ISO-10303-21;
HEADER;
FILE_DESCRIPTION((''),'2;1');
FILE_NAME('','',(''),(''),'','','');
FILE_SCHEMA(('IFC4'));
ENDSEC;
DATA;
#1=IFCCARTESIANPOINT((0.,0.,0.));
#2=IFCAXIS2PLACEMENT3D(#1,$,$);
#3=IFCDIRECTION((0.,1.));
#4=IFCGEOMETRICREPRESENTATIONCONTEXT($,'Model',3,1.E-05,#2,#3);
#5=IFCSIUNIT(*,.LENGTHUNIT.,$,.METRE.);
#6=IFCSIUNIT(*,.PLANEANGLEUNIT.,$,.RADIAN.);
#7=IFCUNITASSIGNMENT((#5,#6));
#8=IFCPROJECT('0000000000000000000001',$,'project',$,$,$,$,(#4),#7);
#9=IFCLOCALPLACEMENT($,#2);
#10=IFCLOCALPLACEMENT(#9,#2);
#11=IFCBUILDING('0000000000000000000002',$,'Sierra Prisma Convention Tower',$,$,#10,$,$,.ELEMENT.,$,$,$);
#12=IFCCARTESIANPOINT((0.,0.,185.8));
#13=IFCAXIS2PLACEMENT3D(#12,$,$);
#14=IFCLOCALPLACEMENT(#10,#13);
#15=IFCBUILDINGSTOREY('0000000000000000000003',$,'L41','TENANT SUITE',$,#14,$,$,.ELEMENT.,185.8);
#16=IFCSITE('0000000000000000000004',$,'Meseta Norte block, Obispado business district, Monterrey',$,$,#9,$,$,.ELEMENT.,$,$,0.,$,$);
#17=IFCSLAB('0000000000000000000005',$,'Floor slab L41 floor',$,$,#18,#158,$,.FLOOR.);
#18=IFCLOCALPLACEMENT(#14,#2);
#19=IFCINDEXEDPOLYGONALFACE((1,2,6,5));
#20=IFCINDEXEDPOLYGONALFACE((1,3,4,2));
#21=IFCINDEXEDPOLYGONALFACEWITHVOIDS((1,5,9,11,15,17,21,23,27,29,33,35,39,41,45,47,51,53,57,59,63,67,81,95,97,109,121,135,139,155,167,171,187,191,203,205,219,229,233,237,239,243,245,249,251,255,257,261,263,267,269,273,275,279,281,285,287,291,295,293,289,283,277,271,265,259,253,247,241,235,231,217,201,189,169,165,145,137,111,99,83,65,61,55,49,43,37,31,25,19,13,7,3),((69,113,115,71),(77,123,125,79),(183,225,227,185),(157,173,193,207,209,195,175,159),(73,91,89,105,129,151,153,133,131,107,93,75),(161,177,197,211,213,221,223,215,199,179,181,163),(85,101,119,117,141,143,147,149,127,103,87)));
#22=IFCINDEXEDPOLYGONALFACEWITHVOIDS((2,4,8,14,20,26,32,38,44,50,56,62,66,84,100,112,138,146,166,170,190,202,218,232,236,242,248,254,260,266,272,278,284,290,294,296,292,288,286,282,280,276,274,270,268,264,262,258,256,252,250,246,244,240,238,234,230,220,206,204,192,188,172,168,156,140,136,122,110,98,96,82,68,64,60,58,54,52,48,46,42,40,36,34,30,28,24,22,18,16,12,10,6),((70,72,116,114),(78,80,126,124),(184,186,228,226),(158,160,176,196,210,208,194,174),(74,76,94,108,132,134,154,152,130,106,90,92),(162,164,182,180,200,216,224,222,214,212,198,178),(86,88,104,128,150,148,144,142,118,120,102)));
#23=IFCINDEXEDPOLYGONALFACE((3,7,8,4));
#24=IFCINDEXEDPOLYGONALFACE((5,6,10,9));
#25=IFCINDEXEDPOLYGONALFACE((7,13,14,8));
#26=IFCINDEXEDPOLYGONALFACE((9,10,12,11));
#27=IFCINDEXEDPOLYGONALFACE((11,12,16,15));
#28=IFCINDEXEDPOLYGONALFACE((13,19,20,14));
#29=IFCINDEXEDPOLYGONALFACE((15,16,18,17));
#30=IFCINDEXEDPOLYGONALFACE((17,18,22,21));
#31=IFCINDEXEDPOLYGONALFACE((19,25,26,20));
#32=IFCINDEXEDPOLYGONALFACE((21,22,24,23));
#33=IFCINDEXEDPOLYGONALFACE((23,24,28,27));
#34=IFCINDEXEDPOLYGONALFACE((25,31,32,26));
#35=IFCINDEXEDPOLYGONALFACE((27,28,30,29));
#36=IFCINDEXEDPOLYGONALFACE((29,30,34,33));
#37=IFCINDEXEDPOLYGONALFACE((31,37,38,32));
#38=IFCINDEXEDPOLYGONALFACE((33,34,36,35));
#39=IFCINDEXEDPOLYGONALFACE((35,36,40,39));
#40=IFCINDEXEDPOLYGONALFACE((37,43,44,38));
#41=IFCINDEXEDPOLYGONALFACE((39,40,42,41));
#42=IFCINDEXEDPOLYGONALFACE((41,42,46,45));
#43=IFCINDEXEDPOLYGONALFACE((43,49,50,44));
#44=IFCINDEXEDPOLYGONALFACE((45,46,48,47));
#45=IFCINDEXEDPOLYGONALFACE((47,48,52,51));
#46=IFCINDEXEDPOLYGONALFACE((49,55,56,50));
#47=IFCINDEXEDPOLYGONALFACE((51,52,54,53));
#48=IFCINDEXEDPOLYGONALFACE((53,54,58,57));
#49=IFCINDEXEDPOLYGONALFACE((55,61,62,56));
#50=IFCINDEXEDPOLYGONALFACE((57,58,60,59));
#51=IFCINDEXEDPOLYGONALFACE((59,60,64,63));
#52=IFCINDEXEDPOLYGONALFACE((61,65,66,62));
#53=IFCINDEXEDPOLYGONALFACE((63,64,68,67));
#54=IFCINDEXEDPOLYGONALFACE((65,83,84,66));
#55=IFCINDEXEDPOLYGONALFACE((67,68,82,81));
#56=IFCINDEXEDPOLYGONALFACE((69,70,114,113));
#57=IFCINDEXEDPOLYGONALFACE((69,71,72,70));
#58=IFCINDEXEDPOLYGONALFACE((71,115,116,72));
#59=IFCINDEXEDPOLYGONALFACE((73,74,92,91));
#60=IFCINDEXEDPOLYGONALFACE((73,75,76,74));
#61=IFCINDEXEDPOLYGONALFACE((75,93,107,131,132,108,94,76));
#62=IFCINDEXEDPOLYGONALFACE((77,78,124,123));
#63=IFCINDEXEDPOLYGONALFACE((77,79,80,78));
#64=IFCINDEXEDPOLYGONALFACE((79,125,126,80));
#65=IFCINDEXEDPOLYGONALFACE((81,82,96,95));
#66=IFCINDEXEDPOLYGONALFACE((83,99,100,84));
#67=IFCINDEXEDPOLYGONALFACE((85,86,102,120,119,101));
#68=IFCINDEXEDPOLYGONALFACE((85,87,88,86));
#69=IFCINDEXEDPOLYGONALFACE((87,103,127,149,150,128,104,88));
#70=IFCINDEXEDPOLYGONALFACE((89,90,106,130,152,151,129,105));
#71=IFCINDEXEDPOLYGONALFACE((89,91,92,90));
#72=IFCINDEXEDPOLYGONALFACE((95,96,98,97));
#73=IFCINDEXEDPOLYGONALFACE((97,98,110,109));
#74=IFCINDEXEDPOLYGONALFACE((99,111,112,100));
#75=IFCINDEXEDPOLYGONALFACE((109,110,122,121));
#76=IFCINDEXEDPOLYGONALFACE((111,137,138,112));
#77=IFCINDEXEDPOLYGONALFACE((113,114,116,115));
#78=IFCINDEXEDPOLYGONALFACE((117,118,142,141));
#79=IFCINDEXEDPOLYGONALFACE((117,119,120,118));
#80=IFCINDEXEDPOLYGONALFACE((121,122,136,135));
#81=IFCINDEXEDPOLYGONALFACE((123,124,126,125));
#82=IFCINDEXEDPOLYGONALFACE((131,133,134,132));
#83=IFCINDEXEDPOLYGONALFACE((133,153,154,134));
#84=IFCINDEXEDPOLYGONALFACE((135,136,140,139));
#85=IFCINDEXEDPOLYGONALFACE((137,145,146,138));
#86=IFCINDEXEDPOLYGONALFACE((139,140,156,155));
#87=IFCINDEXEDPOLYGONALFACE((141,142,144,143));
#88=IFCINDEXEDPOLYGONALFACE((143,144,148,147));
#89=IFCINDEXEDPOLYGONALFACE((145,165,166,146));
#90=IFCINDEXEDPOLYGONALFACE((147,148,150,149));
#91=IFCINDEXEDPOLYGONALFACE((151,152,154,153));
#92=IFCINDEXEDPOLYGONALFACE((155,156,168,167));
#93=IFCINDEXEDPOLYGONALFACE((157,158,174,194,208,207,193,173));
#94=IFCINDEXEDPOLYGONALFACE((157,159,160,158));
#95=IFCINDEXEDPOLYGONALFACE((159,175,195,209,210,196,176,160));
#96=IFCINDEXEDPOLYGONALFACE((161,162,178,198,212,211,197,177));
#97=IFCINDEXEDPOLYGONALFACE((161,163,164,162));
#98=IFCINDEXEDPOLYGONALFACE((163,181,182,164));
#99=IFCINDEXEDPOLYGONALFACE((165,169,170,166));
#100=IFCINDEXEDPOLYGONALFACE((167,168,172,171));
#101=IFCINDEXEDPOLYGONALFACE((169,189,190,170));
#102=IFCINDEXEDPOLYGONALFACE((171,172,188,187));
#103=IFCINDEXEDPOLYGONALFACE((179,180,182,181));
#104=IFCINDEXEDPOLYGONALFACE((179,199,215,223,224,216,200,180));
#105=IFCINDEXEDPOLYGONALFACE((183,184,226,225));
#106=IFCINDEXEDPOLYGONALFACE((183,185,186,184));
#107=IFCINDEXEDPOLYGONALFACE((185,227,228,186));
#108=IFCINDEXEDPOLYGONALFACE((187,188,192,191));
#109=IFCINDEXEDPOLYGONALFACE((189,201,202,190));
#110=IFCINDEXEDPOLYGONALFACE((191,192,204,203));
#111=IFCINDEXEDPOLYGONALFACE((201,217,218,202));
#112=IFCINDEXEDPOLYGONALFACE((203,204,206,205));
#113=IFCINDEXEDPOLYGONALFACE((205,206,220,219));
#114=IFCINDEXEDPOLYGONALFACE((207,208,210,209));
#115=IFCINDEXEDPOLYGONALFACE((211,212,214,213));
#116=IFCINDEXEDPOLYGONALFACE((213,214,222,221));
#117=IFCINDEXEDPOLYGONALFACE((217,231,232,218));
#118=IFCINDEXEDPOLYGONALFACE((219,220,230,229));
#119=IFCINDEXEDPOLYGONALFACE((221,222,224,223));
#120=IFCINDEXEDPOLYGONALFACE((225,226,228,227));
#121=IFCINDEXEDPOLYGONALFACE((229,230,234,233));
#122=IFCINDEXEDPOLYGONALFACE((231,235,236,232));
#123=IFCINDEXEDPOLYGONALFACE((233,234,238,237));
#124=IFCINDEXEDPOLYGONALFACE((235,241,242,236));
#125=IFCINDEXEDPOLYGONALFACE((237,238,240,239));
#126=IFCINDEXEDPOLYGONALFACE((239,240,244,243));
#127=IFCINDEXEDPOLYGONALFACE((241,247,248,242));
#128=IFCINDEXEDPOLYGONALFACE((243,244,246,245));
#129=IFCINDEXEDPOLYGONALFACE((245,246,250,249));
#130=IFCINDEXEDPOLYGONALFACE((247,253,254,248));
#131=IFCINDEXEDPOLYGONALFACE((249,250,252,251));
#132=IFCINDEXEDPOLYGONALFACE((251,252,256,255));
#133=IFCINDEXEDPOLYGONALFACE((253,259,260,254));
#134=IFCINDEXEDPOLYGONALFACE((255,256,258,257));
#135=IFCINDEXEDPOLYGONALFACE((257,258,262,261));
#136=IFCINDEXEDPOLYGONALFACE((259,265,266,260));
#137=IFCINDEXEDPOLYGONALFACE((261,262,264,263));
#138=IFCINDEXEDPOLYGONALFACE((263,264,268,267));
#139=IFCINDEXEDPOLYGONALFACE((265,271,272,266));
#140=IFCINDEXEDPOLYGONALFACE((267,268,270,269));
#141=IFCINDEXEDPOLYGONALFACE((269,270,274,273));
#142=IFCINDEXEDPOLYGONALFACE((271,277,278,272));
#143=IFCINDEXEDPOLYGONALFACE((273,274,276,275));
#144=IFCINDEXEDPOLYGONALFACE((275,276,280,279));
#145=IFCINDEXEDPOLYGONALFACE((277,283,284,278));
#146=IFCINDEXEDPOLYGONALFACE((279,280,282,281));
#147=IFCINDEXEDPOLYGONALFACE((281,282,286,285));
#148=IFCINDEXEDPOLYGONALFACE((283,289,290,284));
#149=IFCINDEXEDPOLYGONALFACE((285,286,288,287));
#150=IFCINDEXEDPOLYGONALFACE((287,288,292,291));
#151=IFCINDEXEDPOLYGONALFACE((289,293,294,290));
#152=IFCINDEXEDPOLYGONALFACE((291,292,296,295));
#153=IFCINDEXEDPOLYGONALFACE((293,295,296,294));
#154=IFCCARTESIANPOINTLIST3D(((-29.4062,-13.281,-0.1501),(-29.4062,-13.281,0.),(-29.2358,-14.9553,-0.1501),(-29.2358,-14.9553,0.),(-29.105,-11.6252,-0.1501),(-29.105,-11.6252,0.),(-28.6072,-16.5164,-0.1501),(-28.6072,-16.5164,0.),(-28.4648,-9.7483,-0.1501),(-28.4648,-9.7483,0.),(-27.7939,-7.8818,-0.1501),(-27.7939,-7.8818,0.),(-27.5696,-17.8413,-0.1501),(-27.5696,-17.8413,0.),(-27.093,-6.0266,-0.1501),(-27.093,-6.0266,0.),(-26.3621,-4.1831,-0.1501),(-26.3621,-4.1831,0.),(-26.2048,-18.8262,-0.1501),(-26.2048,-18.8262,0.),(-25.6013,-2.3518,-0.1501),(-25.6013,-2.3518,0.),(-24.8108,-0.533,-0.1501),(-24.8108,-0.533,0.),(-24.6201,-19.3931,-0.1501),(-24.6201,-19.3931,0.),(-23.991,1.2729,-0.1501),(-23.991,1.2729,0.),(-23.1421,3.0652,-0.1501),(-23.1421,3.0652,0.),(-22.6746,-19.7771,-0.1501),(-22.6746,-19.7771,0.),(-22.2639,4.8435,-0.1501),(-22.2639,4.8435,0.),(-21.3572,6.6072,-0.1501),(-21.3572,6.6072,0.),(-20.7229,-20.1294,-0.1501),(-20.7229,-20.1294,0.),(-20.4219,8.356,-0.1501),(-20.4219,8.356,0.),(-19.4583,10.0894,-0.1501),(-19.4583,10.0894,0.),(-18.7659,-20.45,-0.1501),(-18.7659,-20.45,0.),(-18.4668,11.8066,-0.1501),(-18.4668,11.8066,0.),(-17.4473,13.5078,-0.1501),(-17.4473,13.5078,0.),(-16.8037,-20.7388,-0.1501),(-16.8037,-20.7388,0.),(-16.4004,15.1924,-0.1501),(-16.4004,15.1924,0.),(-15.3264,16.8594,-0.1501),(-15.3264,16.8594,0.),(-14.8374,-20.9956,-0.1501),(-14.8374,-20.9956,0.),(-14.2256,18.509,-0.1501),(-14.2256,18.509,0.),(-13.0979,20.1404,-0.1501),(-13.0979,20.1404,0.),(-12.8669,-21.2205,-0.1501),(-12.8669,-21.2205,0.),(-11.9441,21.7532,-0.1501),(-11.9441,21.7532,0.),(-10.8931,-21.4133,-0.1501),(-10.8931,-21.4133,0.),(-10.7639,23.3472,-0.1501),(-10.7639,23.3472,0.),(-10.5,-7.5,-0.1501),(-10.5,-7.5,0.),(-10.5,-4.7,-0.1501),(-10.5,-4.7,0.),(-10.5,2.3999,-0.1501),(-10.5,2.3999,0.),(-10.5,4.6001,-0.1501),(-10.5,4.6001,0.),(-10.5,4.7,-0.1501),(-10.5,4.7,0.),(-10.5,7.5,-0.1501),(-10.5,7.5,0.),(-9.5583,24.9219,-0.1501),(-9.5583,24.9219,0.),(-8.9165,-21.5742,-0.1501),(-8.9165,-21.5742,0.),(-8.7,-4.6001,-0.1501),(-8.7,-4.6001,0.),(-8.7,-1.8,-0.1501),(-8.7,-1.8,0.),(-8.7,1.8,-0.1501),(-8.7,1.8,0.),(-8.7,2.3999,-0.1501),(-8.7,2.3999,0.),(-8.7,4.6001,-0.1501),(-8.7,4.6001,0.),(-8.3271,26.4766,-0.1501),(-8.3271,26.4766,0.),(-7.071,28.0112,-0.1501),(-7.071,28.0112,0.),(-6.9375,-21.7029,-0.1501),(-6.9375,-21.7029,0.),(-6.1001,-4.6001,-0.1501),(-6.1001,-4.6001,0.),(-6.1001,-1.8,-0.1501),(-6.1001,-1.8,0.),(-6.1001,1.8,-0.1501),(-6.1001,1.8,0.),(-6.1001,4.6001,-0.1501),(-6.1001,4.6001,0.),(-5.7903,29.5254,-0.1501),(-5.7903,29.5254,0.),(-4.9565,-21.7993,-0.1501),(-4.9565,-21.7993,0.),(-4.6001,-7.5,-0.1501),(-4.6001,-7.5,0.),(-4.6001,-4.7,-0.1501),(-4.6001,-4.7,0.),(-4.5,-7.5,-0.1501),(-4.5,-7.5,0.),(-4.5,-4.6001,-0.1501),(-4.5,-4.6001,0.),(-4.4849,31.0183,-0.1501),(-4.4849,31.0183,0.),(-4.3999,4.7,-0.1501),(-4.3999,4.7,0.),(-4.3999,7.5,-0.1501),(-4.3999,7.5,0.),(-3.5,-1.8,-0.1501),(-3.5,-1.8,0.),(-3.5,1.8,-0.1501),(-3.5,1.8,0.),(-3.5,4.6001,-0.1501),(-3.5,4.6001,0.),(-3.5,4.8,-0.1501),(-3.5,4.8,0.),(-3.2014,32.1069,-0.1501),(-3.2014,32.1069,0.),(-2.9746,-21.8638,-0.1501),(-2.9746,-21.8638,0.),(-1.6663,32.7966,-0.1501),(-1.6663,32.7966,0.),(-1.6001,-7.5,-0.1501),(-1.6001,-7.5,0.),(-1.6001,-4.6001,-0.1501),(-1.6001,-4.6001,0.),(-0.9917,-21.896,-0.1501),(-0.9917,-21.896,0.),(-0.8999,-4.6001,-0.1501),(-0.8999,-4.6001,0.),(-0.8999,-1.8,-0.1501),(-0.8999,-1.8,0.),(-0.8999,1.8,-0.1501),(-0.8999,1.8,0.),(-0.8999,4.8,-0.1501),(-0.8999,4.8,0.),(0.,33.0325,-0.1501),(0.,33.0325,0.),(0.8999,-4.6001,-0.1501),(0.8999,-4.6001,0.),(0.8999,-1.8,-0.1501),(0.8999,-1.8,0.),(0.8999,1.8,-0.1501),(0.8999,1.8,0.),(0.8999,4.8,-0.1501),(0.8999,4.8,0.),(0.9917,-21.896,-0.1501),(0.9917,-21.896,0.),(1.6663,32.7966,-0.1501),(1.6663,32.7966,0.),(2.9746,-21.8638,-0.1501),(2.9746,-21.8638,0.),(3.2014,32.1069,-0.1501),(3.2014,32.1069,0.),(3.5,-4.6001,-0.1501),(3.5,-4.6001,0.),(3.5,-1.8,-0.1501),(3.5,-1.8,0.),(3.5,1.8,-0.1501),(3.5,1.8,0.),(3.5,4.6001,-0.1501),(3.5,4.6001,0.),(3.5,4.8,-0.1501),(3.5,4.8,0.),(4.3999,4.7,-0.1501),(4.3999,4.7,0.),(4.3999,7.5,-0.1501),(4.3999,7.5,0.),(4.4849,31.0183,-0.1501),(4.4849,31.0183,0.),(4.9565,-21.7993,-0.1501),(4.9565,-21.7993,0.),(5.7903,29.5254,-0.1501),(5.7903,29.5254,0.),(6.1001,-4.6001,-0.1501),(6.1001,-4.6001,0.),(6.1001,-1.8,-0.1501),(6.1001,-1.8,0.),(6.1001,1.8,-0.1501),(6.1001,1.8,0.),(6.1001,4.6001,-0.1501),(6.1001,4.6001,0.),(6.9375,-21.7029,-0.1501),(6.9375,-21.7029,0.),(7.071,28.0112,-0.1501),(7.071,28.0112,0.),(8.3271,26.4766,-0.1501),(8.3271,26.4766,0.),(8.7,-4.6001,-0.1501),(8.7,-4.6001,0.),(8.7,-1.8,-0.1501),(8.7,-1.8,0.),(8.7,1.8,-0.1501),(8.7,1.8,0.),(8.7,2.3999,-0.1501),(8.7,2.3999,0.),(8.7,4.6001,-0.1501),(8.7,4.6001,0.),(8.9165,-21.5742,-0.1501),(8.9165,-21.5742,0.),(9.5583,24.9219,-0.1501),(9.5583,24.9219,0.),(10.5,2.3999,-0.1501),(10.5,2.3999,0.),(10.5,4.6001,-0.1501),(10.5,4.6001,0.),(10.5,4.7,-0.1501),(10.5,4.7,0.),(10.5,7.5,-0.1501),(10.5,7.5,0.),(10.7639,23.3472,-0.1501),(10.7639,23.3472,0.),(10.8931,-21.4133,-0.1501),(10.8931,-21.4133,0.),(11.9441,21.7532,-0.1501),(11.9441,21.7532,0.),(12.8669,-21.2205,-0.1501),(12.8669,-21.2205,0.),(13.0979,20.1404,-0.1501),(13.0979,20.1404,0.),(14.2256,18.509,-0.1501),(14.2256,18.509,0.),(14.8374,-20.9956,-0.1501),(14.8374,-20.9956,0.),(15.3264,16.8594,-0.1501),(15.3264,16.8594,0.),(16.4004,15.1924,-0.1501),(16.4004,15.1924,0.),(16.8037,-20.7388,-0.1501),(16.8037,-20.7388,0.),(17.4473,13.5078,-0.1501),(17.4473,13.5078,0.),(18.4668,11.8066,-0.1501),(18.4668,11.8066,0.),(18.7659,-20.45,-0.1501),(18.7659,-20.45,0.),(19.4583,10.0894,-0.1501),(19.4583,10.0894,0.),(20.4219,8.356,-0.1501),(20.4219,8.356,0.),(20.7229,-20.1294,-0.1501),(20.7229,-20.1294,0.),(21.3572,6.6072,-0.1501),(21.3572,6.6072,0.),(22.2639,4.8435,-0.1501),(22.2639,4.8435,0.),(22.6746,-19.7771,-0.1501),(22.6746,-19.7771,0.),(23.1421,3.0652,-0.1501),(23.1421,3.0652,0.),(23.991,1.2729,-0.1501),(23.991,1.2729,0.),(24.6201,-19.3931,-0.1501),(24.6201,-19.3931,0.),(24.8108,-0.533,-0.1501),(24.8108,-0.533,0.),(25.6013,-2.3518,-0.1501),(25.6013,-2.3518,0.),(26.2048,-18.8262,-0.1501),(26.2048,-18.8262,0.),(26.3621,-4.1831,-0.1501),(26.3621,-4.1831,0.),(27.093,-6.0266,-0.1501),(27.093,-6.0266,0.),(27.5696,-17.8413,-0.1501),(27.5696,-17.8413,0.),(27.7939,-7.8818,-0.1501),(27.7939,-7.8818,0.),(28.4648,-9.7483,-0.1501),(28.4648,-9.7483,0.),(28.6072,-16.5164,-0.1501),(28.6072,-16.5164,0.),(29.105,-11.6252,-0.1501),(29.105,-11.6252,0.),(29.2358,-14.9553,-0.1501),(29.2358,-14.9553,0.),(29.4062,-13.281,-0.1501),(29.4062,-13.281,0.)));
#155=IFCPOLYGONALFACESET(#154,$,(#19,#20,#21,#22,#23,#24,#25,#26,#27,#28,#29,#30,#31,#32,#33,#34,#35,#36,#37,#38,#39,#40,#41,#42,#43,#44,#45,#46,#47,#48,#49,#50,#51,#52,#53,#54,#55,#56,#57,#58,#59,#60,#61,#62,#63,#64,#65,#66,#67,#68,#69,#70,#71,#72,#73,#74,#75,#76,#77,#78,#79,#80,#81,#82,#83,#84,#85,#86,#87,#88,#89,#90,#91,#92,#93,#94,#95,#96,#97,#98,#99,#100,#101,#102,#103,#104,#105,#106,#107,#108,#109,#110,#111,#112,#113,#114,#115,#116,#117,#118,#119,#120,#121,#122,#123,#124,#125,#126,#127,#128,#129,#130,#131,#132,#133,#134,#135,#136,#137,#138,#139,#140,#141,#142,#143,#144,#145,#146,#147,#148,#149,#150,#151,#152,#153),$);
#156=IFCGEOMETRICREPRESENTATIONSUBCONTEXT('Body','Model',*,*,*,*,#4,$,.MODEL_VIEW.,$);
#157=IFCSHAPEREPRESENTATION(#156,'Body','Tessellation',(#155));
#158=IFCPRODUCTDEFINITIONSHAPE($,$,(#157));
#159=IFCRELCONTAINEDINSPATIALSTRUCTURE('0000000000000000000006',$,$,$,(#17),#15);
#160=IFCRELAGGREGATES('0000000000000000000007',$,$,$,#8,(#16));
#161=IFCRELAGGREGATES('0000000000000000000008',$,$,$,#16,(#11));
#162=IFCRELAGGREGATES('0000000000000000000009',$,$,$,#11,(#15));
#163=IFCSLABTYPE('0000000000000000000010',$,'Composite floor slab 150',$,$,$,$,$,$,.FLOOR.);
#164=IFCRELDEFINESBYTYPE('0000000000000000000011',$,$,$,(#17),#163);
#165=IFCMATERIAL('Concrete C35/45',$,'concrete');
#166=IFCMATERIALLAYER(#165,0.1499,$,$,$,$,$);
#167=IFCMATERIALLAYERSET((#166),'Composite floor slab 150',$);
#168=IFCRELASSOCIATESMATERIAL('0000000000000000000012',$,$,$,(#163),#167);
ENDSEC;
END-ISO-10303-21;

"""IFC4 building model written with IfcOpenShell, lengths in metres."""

from ifc_helpers import new_model, si_unit, direction, frame, origin, place, context, subcontext, project, spatial, polyline, outline, extrude, material, layer, layer_set, type_object, element, save


model = new_model("IFC4")

# Units and contexts
model_context = context("Model", 3, precision=1e-05, world=origin(), true_north=direction((0.0, 1.0)))
body_context = subcontext(model_context, "Body", "Model", "MODEL_VIEW")
ifc_project = project(units=[si_unit("LENGTHUNIT", "METRE"), si_unit("PLANEANGLEUNIT", "RADIAN")], contexts=[model_context])

# Site, building, storey
site_placement = place(None, origin())
site = spatial("IfcSite", under=ifc_project, at=site_placement, Name="Meseta Norte block, Obispado business district, Monterrey", CompositionType="ELEMENT", RefElevation=0.0)
building_placement = place(site_placement, origin())
building = spatial("IfcBuilding", under=site, at=building_placement, Name="Sierra Prisma Convention Tower", CompositionType="ELEMENT")
storey_placement = place(building_placement, frame((0.0, 0.0, 185.8)))
storey = spatial("IfcBuildingStorey", under=building, at=storey_placement, Name="L41", Description="TENANT SUITE", CompositionType="ELEMENT", Elevation=185.8)

# Slab
ifc_material_1 = material(Name="Concrete C35/45", Category="concrete")
ifc_layer_1 = layer(ifc_material_1, 0.1499)
ifc_layer_set_1 = layer_set([ifc_layer_1], Name="Composite floor slab 150")
slab_type = type_object("IfcSlabType", Name="Composite floor slab 150", PredefinedType="FLOOR", material=ifc_layer_set_1)
slab_placement = place(storey_placement, frame((0.0, 0.0, -0.1501)))
element("IfcSlab", 1, at=slab_placement, inside=storey, type_object=slab_type, Name="Floor slab L41 floor", PredefinedType="FLOOR", context=body_context, shape_type="SweptSolid", body=[
    extrude(outline(polyline([(-24.6201, -19.3931), (-22.6746, -19.7771), (-20.7229, -20.1294), (-18.7659, -20.45), (-16.8037, -20.7388), (-14.8374, -20.9956), (-12.8669, -21.2205), (-10.8931, -21.4133), (-8.9165, -21.5742), (-6.9375, -21.7029), (-4.9565, -21.7993), (-2.9746, -21.8638), (-0.9917, -21.896), (0.9917, -21.896), (2.9746, -21.8638), (4.9565, -21.7993), (6.9375, -21.7029), (8.9165, -21.5742), (10.8931, -21.4133), (12.8669, -21.2205), (14.8374, -20.9956), (16.8037, -20.7388), (18.7659, -20.45), (20.7229, -20.1294), (22.6746, -19.7771), (24.6201, -19.3931), (26.2048, -18.8262), (27.5696, -17.8413), (28.6072, -16.5164), (29.2358, -14.9553), (29.4062, -13.281), (29.105, -11.6252), (28.4648, -9.7483), (27.7939, -7.8818), (27.093, -6.0266), (26.3621, -4.1831), (25.6013, -2.3518), (24.8108, -0.533), (23.991, 1.2729), (23.1421, 3.0652), (22.2639, 4.8435), (21.3572, 6.6072), (20.4219, 8.356), (19.4583, 10.0894), (18.4668, 11.8066), (17.4473, 13.5078), (16.4004, 15.1924), (15.3264, 16.8594), (14.2256, 18.509), (13.0979, 20.1404), (11.9441, 21.7532), (10.7639, 23.3472), (9.5583, 24.9219), (8.3271, 26.4766), (7.071, 28.0112), (5.7903, 29.5254), (4.4849, 31.0183), (3.2014, 32.1069), (1.6663, 32.7966), (0.0, 33.0325), (-1.6663, 32.7966), (-3.2014, 32.1069), (-4.4849, 31.0183), (-5.7903, 29.5254), (-7.071, 28.0112), (-8.3271, 26.4766), (-9.5583, 24.9219), (-10.7639, 23.3472), (-11.9441, 21.7532), (-13.0979, 20.1404), (-14.2256, 18.509), (-15.3264, 16.8594), (-16.4004, 15.1924), (-17.4473, 13.5078), (-18.4668, 11.8066), (-19.4583, 10.0894), (-20.4219, 8.356), (-21.3572, 6.6072), (-22.2639, 4.8435), (-23.1421, 3.0652), (-23.991, 1.2729), (-24.8108, -0.533), (-25.6013, -2.3518), (-26.3621, -4.1831), (-27.093, -6.0266), (-27.7939, -7.8818), (-28.4648, -9.7483), (-29.105, -11.6252), (-29.4062, -13.281), (-29.2358, -14.9553), (-28.6072, -16.5164), (-27.5696, -17.8413), (-26.2048, -18.8262), (-24.6201, -19.3931)]), holes=[polyline([(-4.6001, -7.5), (-10.5, -7.5), (-10.5, -4.7), (-4.6001, -4.7), (-4.6001, -7.5)]), polyline([(-8.7, -4.6001), (-8.7, -1.8), (-6.1001, -1.8), (-3.5, -1.8), (-0.8999, -1.8), (-0.8999, -4.6001), (-1.6001, -4.6001), (-1.6001, -7.5), (-4.5, -7.5), (-4.5, -4.6001), (-6.1001, -4.6001), (-8.7, -4.6001)]), polyline([(-10.5, 4.6001), (-8.7, 4.6001), (-6.1001, 4.6001), (-3.5, 4.6001), (-3.5, 4.8), (-0.8999, 4.8), (-0.8999, 1.8), (-3.5, 1.8), (-6.1001, 1.8), (-8.7, 1.8), (-8.7, 2.3999), (-10.5, 2.3999), (-10.5, 4.6001)]), polyline([(-10.5, 4.7), (-10.5, 7.5), (-4.3999, 7.5), (-4.3999, 4.7), (-10.5, 4.7)]), polyline([(6.1001, -1.8), (8.7, -1.8), (8.7, -4.6001), (6.1001, -4.6001), (3.5, -4.6001), (0.8999, -4.6001), (0.8999, -1.8), (3.5, -1.8), (6.1001, -1.8)]), polyline([(8.7, 4.6001), (10.5, 4.6001), (10.5, 2.3999), (8.7, 2.3999), (8.7, 1.8), (6.1001, 1.8), (3.5, 1.8), (0.8999, 1.8), (0.8999, 4.8), (3.5, 4.8), (3.5, 4.6001), (6.1001, 4.6001), (8.7, 4.6001)]), polyline([(4.3999, 4.7), (4.3999, 7.5), (10.5, 7.5), (10.5, 4.7), (4.3999, 4.7)])]), origin(), (0.0, 0.0, 1.0), 0.1501),
])

save(model, "model.ifc")
